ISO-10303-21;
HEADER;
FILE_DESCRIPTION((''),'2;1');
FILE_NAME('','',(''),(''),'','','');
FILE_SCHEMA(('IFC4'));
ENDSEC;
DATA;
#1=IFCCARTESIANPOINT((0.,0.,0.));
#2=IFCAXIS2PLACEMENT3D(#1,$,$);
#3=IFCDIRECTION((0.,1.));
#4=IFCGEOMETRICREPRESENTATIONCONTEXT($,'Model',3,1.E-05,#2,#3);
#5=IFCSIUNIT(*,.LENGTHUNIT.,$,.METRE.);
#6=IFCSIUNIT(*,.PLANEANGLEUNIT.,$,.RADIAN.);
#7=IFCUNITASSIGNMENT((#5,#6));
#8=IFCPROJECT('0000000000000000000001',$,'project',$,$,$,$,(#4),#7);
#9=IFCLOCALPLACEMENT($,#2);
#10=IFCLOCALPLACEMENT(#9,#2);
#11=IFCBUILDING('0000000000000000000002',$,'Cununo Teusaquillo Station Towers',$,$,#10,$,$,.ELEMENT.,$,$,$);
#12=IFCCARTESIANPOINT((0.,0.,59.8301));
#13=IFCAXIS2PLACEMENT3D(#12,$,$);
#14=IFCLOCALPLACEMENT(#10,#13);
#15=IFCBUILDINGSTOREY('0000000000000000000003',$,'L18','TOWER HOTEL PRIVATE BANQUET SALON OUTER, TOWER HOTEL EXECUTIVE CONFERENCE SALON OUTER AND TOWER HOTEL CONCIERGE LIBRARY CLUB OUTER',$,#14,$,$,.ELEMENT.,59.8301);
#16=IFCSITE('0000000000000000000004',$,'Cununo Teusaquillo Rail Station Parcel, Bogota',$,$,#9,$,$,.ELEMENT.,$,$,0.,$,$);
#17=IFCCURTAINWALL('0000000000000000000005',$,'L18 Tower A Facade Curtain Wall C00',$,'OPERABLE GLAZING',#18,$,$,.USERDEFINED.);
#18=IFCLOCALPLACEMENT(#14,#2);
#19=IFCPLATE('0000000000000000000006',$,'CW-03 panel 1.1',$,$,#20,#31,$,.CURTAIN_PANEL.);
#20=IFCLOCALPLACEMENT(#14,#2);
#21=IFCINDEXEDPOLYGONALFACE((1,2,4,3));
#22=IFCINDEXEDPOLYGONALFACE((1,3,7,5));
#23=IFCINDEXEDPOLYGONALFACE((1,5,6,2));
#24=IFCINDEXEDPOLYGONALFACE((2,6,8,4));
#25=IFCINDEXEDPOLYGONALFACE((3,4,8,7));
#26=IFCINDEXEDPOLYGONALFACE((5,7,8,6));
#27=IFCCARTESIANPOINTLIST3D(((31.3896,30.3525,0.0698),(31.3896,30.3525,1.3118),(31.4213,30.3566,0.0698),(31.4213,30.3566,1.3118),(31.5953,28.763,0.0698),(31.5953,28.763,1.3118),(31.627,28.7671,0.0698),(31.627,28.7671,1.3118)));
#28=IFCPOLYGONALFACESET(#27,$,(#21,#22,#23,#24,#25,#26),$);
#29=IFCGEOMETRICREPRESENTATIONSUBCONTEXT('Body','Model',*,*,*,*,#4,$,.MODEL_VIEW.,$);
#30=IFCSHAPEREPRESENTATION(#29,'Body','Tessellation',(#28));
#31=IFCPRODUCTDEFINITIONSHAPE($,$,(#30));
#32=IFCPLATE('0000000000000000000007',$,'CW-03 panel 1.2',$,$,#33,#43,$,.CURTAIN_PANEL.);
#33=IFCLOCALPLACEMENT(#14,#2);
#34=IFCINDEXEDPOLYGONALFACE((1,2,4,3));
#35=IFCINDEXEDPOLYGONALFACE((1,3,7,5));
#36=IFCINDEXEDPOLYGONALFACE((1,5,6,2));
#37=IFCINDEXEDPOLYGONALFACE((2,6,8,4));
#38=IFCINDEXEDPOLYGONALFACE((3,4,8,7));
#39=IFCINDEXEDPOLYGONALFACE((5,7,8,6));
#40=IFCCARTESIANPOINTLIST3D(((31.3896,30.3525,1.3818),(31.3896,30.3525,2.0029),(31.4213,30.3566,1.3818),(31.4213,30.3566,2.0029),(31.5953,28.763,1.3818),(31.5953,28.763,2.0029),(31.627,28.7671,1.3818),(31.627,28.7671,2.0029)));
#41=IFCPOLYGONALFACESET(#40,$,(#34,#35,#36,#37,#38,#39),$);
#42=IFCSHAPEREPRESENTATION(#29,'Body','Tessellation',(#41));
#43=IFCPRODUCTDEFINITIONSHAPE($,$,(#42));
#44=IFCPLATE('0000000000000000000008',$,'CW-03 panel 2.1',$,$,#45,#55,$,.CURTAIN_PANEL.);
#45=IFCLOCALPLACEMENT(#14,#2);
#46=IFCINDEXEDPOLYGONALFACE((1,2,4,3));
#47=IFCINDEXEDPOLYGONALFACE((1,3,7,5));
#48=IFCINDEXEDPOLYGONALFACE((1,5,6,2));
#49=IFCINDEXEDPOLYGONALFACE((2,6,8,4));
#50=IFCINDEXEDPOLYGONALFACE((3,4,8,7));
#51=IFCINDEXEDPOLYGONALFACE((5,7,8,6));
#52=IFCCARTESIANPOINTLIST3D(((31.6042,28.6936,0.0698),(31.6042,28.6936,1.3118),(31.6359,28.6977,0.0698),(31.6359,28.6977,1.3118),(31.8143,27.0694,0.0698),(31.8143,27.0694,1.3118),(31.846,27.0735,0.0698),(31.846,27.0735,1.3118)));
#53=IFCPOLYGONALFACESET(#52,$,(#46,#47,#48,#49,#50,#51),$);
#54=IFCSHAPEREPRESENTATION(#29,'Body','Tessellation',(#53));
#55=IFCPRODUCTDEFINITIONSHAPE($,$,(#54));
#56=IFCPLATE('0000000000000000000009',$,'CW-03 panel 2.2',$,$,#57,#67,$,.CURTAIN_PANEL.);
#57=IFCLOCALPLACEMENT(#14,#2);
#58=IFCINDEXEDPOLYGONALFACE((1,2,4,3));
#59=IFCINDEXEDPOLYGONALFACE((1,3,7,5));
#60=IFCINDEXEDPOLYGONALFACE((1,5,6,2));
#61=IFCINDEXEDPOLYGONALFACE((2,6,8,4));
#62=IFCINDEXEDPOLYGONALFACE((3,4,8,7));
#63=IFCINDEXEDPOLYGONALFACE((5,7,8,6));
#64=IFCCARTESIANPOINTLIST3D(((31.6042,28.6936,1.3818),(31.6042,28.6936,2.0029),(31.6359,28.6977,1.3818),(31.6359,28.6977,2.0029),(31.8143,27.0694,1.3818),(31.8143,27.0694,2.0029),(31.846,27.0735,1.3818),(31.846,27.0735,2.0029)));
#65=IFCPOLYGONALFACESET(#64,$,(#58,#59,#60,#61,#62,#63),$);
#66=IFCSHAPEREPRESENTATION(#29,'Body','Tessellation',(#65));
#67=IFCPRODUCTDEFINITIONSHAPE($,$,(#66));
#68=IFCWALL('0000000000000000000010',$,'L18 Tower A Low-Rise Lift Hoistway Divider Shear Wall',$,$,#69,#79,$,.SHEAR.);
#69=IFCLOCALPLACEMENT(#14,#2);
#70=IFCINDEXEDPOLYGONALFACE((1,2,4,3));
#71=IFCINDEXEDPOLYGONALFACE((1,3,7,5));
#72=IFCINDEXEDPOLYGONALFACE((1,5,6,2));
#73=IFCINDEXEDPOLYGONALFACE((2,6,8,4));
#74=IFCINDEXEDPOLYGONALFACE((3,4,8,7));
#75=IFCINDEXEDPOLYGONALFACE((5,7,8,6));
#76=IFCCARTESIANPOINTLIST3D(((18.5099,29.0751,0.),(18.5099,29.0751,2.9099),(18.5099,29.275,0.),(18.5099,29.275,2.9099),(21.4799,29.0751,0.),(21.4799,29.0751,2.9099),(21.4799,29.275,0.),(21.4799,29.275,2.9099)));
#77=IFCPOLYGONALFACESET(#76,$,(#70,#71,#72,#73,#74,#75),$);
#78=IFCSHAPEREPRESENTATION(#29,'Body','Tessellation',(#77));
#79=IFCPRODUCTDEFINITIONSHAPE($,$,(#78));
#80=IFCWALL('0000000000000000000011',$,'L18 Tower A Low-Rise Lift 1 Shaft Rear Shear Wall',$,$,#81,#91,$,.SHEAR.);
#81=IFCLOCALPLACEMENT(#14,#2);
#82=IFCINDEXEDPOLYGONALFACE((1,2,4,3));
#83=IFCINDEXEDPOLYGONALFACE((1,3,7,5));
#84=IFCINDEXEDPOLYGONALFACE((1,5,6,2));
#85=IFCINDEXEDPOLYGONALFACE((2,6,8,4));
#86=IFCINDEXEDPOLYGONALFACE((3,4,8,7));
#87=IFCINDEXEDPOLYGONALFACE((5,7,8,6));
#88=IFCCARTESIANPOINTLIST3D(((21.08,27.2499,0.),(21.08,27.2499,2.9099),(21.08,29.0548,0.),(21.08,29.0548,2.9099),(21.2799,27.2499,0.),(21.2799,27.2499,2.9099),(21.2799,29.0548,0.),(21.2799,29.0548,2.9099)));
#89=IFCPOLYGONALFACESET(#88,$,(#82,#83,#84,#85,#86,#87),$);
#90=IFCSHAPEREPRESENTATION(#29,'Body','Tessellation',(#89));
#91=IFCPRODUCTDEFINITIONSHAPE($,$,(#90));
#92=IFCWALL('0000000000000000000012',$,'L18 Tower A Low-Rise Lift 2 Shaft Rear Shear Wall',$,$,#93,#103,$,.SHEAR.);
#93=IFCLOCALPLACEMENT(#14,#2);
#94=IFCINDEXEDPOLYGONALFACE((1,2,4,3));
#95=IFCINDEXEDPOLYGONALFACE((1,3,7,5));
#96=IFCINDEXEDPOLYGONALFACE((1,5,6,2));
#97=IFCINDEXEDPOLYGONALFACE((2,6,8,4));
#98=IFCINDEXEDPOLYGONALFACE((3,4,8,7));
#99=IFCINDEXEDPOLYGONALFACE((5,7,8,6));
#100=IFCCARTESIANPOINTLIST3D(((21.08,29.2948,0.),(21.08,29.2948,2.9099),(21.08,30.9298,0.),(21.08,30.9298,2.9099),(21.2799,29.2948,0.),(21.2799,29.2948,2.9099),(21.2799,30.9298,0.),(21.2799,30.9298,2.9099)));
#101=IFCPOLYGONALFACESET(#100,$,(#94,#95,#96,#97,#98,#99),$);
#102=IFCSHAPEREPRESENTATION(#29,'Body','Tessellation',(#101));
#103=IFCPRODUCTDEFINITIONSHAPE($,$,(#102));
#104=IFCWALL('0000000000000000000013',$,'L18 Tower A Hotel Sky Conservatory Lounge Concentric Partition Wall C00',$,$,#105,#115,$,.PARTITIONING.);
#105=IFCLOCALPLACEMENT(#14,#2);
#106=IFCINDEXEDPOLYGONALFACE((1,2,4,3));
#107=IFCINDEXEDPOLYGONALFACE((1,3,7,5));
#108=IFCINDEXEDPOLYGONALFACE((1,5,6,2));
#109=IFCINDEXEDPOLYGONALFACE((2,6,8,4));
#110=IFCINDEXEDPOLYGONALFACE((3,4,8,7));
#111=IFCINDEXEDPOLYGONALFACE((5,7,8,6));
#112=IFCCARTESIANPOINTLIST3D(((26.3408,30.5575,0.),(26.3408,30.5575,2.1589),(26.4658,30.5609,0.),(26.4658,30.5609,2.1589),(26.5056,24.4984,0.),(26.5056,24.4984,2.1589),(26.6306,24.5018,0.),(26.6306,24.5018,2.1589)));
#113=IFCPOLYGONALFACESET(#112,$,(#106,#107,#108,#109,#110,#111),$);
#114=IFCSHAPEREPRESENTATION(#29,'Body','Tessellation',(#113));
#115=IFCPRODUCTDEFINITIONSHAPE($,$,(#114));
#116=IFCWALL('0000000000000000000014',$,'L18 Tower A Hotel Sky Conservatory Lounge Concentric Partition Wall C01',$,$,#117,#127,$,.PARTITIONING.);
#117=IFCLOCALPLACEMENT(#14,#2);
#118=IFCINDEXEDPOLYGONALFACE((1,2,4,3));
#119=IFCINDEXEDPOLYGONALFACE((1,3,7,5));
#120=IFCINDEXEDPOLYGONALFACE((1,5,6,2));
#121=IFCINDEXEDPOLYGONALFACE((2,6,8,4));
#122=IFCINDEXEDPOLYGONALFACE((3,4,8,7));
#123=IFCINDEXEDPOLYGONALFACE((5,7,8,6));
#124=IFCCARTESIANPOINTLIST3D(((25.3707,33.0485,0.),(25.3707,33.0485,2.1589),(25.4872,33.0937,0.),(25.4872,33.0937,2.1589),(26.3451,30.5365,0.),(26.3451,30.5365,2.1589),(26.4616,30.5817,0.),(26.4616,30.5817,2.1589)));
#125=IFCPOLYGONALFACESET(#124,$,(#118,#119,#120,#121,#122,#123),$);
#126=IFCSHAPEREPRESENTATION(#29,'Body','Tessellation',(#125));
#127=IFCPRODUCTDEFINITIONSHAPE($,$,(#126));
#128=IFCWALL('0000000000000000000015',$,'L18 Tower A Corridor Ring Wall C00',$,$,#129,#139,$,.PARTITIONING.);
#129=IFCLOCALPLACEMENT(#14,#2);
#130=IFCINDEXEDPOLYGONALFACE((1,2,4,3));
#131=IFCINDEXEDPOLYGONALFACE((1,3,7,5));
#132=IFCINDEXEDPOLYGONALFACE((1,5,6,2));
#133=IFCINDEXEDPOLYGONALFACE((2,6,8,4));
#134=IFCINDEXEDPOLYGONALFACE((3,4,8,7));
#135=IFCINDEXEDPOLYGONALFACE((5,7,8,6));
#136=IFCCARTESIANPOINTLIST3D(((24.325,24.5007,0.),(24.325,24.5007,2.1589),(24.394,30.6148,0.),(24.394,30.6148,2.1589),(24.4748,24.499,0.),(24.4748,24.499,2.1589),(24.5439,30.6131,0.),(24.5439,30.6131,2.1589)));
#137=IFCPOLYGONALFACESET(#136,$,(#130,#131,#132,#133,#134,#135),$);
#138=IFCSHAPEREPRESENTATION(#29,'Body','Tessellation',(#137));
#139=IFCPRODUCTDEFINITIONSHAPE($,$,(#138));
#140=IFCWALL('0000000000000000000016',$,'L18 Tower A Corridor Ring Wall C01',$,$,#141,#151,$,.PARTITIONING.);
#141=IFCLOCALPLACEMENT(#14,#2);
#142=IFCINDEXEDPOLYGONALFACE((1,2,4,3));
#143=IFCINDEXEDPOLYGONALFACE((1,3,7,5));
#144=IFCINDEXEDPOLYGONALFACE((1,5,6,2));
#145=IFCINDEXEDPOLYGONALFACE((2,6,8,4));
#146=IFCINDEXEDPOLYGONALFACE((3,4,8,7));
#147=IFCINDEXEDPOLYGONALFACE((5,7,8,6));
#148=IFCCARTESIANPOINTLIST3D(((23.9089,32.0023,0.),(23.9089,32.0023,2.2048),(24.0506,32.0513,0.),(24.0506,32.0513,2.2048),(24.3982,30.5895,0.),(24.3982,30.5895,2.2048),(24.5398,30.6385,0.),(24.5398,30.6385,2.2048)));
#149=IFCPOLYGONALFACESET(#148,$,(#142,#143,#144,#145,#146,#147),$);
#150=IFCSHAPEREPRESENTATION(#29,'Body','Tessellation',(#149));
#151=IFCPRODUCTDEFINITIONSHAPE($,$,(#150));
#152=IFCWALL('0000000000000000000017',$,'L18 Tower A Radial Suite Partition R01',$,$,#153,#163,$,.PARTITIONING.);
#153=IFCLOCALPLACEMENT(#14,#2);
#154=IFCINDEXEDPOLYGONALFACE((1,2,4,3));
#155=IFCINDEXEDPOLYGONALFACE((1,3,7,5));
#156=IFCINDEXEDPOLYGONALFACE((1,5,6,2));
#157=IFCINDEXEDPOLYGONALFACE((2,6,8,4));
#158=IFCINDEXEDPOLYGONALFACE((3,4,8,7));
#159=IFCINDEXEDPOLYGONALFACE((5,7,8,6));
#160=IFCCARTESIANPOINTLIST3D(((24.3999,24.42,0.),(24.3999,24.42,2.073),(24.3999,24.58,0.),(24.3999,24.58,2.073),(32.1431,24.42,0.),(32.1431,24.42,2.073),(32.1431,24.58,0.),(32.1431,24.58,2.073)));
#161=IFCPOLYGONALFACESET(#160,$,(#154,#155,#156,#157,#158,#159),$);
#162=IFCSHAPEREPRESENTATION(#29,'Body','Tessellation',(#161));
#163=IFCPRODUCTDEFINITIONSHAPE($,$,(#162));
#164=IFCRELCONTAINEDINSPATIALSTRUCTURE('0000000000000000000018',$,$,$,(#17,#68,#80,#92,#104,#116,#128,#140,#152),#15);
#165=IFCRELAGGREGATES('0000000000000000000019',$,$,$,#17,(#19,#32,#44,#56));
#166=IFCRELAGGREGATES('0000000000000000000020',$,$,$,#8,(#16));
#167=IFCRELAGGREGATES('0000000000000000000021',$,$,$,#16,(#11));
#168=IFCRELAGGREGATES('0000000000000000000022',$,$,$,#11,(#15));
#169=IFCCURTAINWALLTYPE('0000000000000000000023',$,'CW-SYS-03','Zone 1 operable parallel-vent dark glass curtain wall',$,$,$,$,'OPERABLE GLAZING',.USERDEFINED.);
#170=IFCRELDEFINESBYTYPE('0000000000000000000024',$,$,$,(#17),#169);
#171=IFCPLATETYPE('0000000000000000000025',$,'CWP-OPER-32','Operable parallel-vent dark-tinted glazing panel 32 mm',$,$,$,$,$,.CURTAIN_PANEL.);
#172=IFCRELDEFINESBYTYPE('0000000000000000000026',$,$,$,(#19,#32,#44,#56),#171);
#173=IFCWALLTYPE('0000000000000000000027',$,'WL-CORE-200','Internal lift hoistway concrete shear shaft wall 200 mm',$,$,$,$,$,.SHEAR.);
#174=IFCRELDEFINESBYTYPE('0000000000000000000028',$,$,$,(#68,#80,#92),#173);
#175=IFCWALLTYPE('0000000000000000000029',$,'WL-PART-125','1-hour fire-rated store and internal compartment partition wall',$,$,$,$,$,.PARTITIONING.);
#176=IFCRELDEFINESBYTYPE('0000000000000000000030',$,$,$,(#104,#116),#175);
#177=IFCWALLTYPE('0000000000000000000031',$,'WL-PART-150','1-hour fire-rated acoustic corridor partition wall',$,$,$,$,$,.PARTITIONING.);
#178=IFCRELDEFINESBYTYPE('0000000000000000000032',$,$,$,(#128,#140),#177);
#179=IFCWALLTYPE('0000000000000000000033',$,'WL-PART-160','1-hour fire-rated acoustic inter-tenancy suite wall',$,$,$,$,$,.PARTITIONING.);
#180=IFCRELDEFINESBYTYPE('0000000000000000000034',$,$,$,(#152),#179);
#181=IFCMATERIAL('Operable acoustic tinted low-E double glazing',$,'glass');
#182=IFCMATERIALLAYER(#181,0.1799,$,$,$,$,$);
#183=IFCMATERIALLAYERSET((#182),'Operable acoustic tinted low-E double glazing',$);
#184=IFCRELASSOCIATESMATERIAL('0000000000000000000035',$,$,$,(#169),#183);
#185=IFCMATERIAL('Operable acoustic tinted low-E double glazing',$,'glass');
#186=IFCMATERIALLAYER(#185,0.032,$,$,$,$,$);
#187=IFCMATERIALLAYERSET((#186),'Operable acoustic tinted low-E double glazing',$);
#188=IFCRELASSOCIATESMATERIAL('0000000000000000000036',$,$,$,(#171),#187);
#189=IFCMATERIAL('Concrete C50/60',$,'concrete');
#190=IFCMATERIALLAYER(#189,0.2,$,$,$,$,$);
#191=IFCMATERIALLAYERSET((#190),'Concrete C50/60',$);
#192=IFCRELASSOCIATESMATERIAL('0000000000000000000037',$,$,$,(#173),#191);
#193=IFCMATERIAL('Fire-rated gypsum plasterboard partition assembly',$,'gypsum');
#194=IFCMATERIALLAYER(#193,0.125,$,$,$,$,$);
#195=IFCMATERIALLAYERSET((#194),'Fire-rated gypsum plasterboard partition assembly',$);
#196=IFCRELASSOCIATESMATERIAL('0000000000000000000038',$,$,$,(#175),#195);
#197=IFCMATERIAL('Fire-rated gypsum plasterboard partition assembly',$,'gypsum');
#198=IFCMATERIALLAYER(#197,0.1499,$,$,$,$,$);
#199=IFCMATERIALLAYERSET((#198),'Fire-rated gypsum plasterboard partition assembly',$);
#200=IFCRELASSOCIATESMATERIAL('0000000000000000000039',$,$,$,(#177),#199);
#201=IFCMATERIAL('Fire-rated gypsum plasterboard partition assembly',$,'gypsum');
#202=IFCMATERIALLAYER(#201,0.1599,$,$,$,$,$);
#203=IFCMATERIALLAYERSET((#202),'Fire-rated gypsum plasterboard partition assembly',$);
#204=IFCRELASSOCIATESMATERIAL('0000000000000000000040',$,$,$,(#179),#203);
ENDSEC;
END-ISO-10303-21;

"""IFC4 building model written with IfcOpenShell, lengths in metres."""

from ifc_helpers import new_model, si_unit, direction, frame, frame_2d, origin, origin_2d, place, context, subcontext, project, spatial, rectangle, extrude, source, transform, mapped, material, layer, layer_set, type_object, element, aggregate, save


model = new_model("IFC4")

# Units and contexts
model_context = context("Model", 3, precision=1e-05, world=origin(), true_north=direction((0.0, 1.0)))
body_context = subcontext(model_context, "Body", "Model", "MODEL_VIEW")
ifc_project = project(units=[si_unit("LENGTHUNIT", "METRE"), si_unit("PLANEANGLEUNIT", "RADIAN")], contexts=[model_context])

# Site, building, storey
site_placement = place(None, origin())
site = spatial("IfcSite", under=ifc_project, at=site_placement, Name="Cununo Teusaquillo Rail Station Parcel, Bogota", CompositionType="ELEMENT", RefElevation=0.0)
building_placement = place(site_placement, origin())
building = spatial("IfcBuilding", under=site, at=building_placement, Name="Cununo Teusaquillo Station Towers", CompositionType="ELEMENT")
storey_placement = place(building_placement, frame((0.0, 0.0, 59.8301)))
storey = spatial("IfcBuildingStorey", under=building, at=storey_placement, Name="L18", Description="TOWER HOTEL PRIVATE BANQUET SALON OUTER, TOWER HOTEL EXECUTIVE CONFERENCE SALON OUTER AND TOWER HOTEL CONCIERGE LIBRARY CLUB OUTER", CompositionType="ELEMENT", Elevation=59.8301)

# Curtain wall, plates
ifc_material_1 = material(Name="Operable acoustic tinted low-E double glazing", Category="glass")
ifc_layer_1 = layer(ifc_material_1, 0.1799)
ifc_layer_set_1 = layer_set([ifc_layer_1], Name="Operable acoustic tinted low-E double glazing")
curtain_wall_type = type_object("IfcCurtainWallType", Name="CW-SYS-03", Description="Zone 1 operable parallel-vent dark glass curtain wall", ElementType="OPERABLE GLAZING", PredefinedType="USERDEFINED", material=ifc_layer_set_1)
curtain_wall_placement = place(storey_placement, origin())
curtain_wall = element("IfcCurtainWall", 1, at=curtain_wall_placement, inside=storey, type_object=curtain_wall_type, Name="L18 Tower A Facade Curtain Wall C00", ObjectType="OPERABLE GLAZING", PredefinedType="USERDEFINED")
ifc_material_2 = material(Name="Operable acoustic tinted low-E double glazing", Category="glass")
ifc_layer_2 = layer(ifc_material_2, 0.032)
ifc_layer_set_2 = layer_set([ifc_layer_2], Name="Operable acoustic tinted low-E double glazing")
plate_type = type_object("IfcPlateType", Name="CWP-OPER-32", Description="Operable parallel-vent dark-tinted glazing panel 32 mm", PredefinedType="CURTAIN_PANEL", material=ifc_layer_set_2)
shared_shape_1 = source(origin(), body_context, "Body", "SweptSolid", [
    extrude(rectangle(XDim=1.6028, YDim=0.032, at=origin_2d()), origin(), (0.0, 0.0, 1.0), 1.2419),
])
plate_1_placement = place(storey_placement, frame((31.5083, 29.5598, 0.0698), z_axis=(0.0, 0.0, 1.0), x_axis=(0.128336, -0.991731, 0.0)))
plate_1 = element("IfcPlate", 2, at=plate_1_placement, type_object=plate_type, Name="CW-03 panel 1.1", PredefinedType="CURTAIN_PANEL", context=body_context, shape_type="MappedRepresentation", body=[
    mapped(shared_shape_1, transform((0.0, 0.0, 0.0), x_axis=(1.0, 0.0, 0.0), y_axis=(0.0, 1.0, 0.0), z_axis=(0.0, 0.0, 1.0), scale=1.0)),
])
shared_shape_2 = source(origin(), body_context, "Body", "SweptSolid", [
    extrude(rectangle(XDim=1.6028, YDim=0.032, at=origin_2d()), origin(), (0.0, 0.0, 1.0), 0.6211),
])
plate_2_placement = place(storey_placement, frame((31.5083, 29.5598, 1.3818), z_axis=(0.0, 0.0, 1.0), x_axis=(0.128336, -0.991731, 0.0)))
plate_2 = element("IfcPlate", 3, at=plate_2_placement, type_object=plate_type, Name="CW-03 panel 1.2", PredefinedType="CURTAIN_PANEL", context=body_context, shape_type="MappedRepresentation", body=[
    mapped(shared_shape_2, transform((0.0, 0.0, 0.0), x_axis=(1.0, 0.0, 0.0), y_axis=(0.0, 1.0, 0.0), z_axis=(0.0, 0.0, 1.0), scale=1.0)),
])
shared_shape_3 = source(origin(), body_context, "Body", "SweptSolid", [
    extrude(rectangle(XDim=1.6377, YDim=0.032, at=origin_2d()), origin(), (0.0, 0.0, 1.0), 1.2419),
])
plate_3_placement = place(storey_placement, frame((31.7251, 27.8835, 0.0698), z_axis=(0.0, 0.0, 1.0), x_axis=(0.128336, -0.991731, 0.0)))
plate_3 = element("IfcPlate", 4, at=plate_3_placement, type_object=plate_type, Name="CW-03 panel 2.1", PredefinedType="CURTAIN_PANEL", context=body_context, shape_type="MappedRepresentation", body=[
    mapped(shared_shape_3, transform((0.0, 0.0, 0.0), x_axis=(1.0, 0.0, 0.0), y_axis=(0.0, 1.0, 0.0), z_axis=(0.0, 0.0, 1.0), scale=1.0)),
])
shared_shape_4 = source(origin(), body_context, "Body", "SweptSolid", [
    extrude(rectangle(XDim=1.6377, YDim=0.032, at=origin_2d()), origin(), (0.0, 0.0, 1.0), 0.6211),
])
plate_4_placement = place(storey_placement, frame((31.7251, 27.8835, 1.3818), z_axis=(0.0, 0.0, 1.0), x_axis=(0.128336, -0.991731, 0.0)))
plate_4 = element("IfcPlate", 5, at=plate_4_placement, type_object=plate_type, Name="CW-03 panel 2.2", PredefinedType="CURTAIN_PANEL", context=body_context, shape_type="MappedRepresentation", body=[
    mapped(shared_shape_4, transform((0.0, 0.0, 0.0), x_axis=(1.0, 0.0, 0.0), y_axis=(0.0, 1.0, 0.0), z_axis=(0.0, 0.0, 1.0), scale=1.0)),
])
aggregate(curtain_wall, [plate_1, plate_2, plate_3, plate_4])

# Walls
ifc_material_3 = material(Name="Concrete C50/60", Category="concrete")
ifc_layer_3 = layer(ifc_material_3, 0.2)
ifc_layer_set_3 = layer_set([ifc_layer_3], Name="Concrete C50/60")
wall_type_1 = type_object("IfcWallType", Name="WL-CORE-200", Description="Internal lift hoistway concrete shear shaft wall 200 mm", PredefinedType="SHEAR", material=ifc_layer_set_3)
wall_1_placement = place(storey_placement, frame((18.51, 29.175, 0.0), z_axis=(0.0, 0.0, 1.0), x_axis=(1.0, 0.0, 0.0)))
element("IfcWall", 6, at=wall_1_placement, inside=storey, type_object=wall_type_1, Name="L18 Tower A Low-Rise Lift Hoistway Divider Shear Wall", PredefinedType="SHEAR", context=body_context, shape_type="SweptSolid", body=[
    extrude(rectangle(XDim=2.97, YDim=0.2, at=frame_2d((1.4849, 0.0))), origin(), (0.0, 0.0, 1.0), 2.9099),
])
wall_2_placement = place(storey_placement, frame((21.1799, 27.25, 0.0), z_axis=(0.0, 0.0, 1.0), x_axis=(0.0, 1.0, 0.0)))
element("IfcWall", 7, at=wall_2_placement, inside=storey, type_object=wall_type_1, Name="L18 Tower A Low-Rise Lift 1 Shaft Rear Shear Wall", PredefinedType="SHEAR", context=body_context, shape_type="SweptSolid", body=[
    extrude(rectangle(XDim=1.8049, YDim=0.2, at=frame_2d((0.9023, 0.0))), origin(), (0.0, 0.0, 1.0), 2.9099),
])
wall_3_placement = place(storey_placement, frame((21.1799, 29.2949, 0.0), z_axis=(0.0, 0.0, 1.0), x_axis=(0.0, 1.0, 0.0)))
element("IfcWall", 8, at=wall_3_placement, inside=storey, type_object=wall_type_1, Name="L18 Tower A Low-Rise Lift 2 Shaft Rear Shear Wall", PredefinedType="SHEAR", context=body_context, shape_type="SweptSolid", body=[
    extrude(rectangle(XDim=1.635, YDim=0.2, at=frame_2d((0.8174, 0.0))), origin(), (0.0, 0.0, 1.0), 2.9099),
])
ifc_material_4 = material(Name="Fire-rated gypsum plasterboard partition assembly", Category="gypsum")
ifc_layer_4 = layer(ifc_material_4, 0.125)
ifc_layer_set_4 = layer_set([ifc_layer_4], Name="Fire-rated gypsum plasterboard partition assembly")
wall_type_2 = type_object("IfcWallType", Name="WL-PART-125", Description="1-hour fire-rated store and internal compartment partition wall", PredefinedType="PARTITIONING", material=ifc_layer_set_4)
wall_4_placement = place(storey_placement, frame((26.5681, 24.5, 0.0), z_axis=(0.0, 0.0, 1.0), x_axis=(-0.027188, 0.99963, 0.0)))
element("IfcWall", 9, at=wall_4_placement, inside=storey, type_object=wall_type_2, Name="L18 Tower A Hotel Sky Conservatory Lounge Concentric Partition Wall C00", PredefinedType="PARTITIONING", context=body_context, shape_type="SweptSolid", body=[
    extrude(rectangle(XDim=6.0613, YDim=0.125, at=frame_2d((3.0308, 0.0))), origin(), (0.0, 0.0, 1.0), 2.1589),
])
wall_5_placement = place(storey_placement, frame((26.4033, 30.5591, 0.0), z_axis=(0.0, 0.0, 1.0), x_axis=(-0.361637, 0.932319, 0.0)))
element("IfcWall", 10, at=wall_5_placement, inside=storey, type_object=wall_type_2, Name="L18 Tower A Hotel Sky Conservatory Lounge Concentric Partition Wall C01", PredefinedType="PARTITIONING", context=body_context, shape_type="SweptSolid", body=[
    extrude(rectangle(XDim=2.6943, YDim=0.125, at=frame_2d((1.3472, 0.0))), origin(), (0.0, 0.0, 1.0), 2.1589),
])
ifc_material_5 = material(Name="Fire-rated gypsum plasterboard partition assembly", Category="gypsum")
ifc_layer_5 = layer(ifc_material_5, 0.1499)
ifc_layer_set_5 = layer_set([ifc_layer_5], Name="Fire-rated gypsum plasterboard partition assembly")
wall_type_3 = type_object("IfcWallType", Name="WL-PART-150", Description="1-hour fire-rated acoustic corridor partition wall", PredefinedType="PARTITIONING", material=ifc_layer_set_5)
wall_6_placement = place(storey_placement, frame((24.3999, 24.5, 0.0), z_axis=(0.0, 0.0, 1.0), x_axis=(0.0113, 0.999936, 0.0)))
element("IfcWall", 11, at=wall_6_placement, inside=storey, type_object=wall_type_3, Name="L18 Tower A Corridor Ring Wall C00", PredefinedType="PARTITIONING", context=body_context, shape_type="SweptSolid", body=[
    extrude(rectangle(XDim=6.1145, YDim=0.1499, at=frame_2d((3.0571, 0.0))), origin(), (0.0, 0.0, 1.0), 2.1589),
])
wall_7_placement = place(storey_placement, frame((24.469, 30.614, 0.0), z_axis=(0.0, 0.0, 1.0), x_axis=(-0.327228, 0.944945, 0.0)))
element("IfcWall", 12, at=wall_7_placement, inside=storey, type_object=wall_type_3, Name="L18 Tower A Corridor Ring Wall C01", PredefinedType="PARTITIONING", context=body_context, shape_type="SweptSolid", body=[
    extrude(rectangle(XDim=1.4951, YDim=0.1499, at=frame_2d((0.7476, 0.0))), origin(), (0.0, 0.0, 1.0), 2.2048),
])
ifc_material_6 = material(Name="Fire-rated gypsum plasterboard partition assembly", Category="gypsum")
ifc_layer_6 = layer(ifc_material_6, 0.1599)
ifc_layer_set_6 = layer_set([ifc_layer_6], Name="Fire-rated gypsum plasterboard partition assembly")
wall_type_4 = type_object("IfcWallType", Name="WL-PART-160", Description="1-hour fire-rated acoustic inter-tenancy suite wall", PredefinedType="PARTITIONING", material=ifc_layer_set_6)
wall_8_placement = place(storey_placement, frame((24.3999, 24.5, 0.0), z_axis=(0.0, 0.0, 1.0), x_axis=(1.0, 0.0, 0.0)))
element("IfcWall", 13, at=wall_8_placement, inside=storey, type_object=wall_type_4, Name="L18 Tower A Radial Suite Partition R01", PredefinedType="PARTITIONING", context=body_context, shape_type="SweptSolid", body=[
    extrude(rectangle(XDim=7.7432, YDim=0.1599, at=frame_2d((3.8716, 0.0))), origin(), (0.0, 0.0, 1.0), 2.073),
])

save(model, "model.ifc")
